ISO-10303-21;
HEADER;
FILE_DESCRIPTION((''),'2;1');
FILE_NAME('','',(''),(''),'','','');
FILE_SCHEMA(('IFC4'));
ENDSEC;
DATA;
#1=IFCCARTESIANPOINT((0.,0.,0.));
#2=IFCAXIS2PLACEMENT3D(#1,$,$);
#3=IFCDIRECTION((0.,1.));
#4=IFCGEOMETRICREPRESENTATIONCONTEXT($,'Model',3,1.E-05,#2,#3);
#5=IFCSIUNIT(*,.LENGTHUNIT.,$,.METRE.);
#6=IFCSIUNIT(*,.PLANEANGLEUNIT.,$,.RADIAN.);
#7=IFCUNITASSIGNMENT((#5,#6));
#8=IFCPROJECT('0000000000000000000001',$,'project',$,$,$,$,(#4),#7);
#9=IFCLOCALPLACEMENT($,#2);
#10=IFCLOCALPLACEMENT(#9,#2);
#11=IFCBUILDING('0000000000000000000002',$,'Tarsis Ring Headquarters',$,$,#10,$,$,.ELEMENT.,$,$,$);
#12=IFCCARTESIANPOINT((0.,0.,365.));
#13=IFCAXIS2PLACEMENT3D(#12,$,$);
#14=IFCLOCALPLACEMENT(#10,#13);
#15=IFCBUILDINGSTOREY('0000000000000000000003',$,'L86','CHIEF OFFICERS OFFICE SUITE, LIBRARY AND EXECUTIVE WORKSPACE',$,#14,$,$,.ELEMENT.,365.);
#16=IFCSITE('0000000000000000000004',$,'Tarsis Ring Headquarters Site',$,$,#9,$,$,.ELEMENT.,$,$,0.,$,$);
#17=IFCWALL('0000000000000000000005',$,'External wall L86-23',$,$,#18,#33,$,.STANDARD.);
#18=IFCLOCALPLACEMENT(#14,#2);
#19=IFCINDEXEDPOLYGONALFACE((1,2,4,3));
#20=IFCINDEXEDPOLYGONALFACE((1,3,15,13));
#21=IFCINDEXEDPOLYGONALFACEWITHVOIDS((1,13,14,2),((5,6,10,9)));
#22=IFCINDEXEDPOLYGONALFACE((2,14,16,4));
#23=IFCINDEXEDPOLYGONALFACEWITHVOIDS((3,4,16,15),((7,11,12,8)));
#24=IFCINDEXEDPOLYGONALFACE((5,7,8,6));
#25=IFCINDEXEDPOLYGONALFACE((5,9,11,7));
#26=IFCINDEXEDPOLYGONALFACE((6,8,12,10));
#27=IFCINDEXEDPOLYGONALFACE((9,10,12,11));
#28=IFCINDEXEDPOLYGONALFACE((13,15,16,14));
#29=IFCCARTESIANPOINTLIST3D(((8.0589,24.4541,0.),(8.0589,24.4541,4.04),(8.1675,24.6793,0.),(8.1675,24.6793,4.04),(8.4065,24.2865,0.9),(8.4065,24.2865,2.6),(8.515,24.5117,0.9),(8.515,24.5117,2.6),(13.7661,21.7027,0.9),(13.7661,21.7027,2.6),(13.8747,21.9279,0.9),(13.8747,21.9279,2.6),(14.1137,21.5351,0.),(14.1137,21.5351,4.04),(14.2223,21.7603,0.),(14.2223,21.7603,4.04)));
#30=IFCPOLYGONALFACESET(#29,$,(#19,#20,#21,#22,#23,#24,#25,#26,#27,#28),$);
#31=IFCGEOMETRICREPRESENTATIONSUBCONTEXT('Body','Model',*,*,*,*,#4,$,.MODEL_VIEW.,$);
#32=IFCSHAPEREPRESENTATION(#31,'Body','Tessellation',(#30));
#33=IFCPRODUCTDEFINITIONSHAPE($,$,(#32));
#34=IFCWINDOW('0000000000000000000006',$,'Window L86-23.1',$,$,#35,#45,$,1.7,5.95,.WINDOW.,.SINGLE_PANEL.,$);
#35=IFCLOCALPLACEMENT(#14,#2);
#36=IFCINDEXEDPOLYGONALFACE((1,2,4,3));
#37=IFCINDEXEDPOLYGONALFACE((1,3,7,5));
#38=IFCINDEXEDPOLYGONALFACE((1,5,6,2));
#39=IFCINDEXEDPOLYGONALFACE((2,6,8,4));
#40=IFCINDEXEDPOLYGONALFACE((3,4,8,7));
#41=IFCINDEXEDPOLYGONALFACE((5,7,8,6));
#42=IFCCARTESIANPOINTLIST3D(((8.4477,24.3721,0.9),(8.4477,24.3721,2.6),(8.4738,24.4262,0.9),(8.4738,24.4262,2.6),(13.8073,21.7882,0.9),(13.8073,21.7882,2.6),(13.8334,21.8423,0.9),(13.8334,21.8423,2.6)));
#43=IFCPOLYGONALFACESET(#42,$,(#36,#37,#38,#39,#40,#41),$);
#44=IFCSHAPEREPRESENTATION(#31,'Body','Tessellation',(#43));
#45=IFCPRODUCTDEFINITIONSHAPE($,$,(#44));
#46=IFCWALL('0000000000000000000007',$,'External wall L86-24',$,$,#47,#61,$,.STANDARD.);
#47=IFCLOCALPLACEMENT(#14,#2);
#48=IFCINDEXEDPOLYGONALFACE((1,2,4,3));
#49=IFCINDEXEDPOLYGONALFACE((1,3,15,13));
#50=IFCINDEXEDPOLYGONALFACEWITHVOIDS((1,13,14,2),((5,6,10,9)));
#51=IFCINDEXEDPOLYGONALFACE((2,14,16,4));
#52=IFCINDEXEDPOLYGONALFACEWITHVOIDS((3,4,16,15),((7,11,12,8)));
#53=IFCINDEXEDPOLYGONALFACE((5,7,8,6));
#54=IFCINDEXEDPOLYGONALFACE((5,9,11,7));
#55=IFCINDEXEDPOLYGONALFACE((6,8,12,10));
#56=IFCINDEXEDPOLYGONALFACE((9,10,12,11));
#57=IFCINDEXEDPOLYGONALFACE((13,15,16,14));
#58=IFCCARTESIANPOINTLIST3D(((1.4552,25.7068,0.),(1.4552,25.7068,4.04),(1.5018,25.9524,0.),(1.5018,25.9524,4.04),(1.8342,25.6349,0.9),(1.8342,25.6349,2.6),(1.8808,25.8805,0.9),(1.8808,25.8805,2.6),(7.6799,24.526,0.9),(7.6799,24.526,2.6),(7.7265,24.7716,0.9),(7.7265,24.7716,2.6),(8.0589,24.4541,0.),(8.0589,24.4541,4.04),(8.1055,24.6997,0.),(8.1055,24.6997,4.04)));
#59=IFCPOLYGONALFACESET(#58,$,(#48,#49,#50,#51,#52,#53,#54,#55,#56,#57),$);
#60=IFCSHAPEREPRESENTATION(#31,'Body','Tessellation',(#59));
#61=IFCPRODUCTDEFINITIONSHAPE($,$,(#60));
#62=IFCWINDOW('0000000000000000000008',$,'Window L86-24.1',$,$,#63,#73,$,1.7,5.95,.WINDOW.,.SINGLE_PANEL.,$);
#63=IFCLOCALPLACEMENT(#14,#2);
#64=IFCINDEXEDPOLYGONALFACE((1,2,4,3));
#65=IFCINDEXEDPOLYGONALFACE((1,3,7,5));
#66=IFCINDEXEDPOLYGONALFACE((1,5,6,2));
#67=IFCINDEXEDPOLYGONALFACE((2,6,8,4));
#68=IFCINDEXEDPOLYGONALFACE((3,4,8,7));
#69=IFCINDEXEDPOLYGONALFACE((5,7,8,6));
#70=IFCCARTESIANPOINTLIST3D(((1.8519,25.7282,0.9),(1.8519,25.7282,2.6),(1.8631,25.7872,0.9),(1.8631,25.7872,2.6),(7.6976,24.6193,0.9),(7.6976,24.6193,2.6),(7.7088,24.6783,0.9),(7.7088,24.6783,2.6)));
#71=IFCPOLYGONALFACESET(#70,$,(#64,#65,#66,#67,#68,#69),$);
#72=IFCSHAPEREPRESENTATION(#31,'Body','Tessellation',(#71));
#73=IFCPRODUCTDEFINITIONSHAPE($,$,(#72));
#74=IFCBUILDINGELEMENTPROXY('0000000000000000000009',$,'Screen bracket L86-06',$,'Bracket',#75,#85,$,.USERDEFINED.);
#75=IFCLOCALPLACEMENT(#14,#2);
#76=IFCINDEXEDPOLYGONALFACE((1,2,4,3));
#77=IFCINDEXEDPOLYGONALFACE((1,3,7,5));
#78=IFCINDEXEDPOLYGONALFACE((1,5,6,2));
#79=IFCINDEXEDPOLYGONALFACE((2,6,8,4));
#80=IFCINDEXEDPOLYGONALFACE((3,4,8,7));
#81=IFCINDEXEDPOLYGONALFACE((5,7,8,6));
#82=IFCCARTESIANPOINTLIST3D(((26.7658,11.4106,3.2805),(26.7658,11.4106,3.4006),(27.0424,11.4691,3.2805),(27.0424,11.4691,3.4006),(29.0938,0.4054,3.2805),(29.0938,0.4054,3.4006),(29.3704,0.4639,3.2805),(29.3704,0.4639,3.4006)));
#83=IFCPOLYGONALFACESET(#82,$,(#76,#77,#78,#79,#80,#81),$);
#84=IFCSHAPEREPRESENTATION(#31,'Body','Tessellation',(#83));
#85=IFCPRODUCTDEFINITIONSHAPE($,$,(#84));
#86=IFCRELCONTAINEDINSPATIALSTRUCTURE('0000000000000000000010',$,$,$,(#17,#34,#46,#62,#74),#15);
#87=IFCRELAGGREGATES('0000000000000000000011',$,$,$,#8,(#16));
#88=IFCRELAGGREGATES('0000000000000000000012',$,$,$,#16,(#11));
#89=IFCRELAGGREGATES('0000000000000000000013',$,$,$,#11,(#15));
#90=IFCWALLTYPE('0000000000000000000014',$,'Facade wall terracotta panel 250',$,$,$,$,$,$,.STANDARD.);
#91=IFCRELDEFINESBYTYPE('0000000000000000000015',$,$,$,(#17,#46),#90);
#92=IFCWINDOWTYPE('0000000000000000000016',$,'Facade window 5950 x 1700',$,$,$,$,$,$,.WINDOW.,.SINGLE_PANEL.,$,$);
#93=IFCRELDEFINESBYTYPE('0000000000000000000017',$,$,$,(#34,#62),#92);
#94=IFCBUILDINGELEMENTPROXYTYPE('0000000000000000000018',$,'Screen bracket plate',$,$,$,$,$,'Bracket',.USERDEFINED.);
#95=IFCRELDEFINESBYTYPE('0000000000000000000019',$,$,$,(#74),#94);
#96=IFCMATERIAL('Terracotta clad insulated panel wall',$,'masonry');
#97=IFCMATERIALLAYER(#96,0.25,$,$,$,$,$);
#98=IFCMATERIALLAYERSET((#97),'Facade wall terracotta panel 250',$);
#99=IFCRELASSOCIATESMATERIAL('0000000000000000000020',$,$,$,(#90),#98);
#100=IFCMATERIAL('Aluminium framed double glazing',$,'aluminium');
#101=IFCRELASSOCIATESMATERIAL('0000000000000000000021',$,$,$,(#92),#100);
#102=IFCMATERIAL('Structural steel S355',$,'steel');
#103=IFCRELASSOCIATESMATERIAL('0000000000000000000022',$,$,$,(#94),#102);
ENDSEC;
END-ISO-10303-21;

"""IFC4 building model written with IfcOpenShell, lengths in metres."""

from ifc_helpers import new_model, si_unit, direction, frame, frame_2d, origin, origin_2d, place, context, subcontext, project, spatial, rectangle, extrude, material, layer, layer_set, type_object, element, fill, save


model = new_model("IFC4")

# Units and contexts
model_context = context("Model", 3, precision=1e-05, world=origin(), true_north=direction((0.0, 1.0)))
body_context = subcontext(model_context, "Body", "Model", "MODEL_VIEW")
ifc_project = project(units=[si_unit("LENGTHUNIT", "METRE"), si_unit("PLANEANGLEUNIT", "RADIAN")], contexts=[model_context])

# Site, building, storey
site_placement = place(None, origin())
site = spatial("IfcSite", under=ifc_project, at=site_placement, Name="Tarsis Ring Headquarters Site", CompositionType="ELEMENT", RefElevation=0.0)
building_placement = place(site_placement, origin())
building = spatial("IfcBuilding", under=site, at=building_placement, Name="Tarsis Ring Headquarters", CompositionType="ELEMENT")
storey_placement = place(building_placement, frame((0.0, 0.0, 365.0)))
storey = spatial("IfcBuildingStorey", under=building, at=storey_placement, Name="L86", Description="CHIEF OFFICERS OFFICE SUITE, LIBRARY AND EXECUTIVE WORKSPACE", CompositionType="ELEMENT", Elevation=365.0)

# Shared definitions
ifc_material_1 = material(Name="Structural steel S355", Category="steel")

# Walls, openings, windows
ifc_material_2 = material(Name="Terracotta clad insulated panel wall", Category="masonry")
ifc_layer_1 = layer(ifc_material_2, 0.25)
ifc_layer_set_1 = layer_set([ifc_layer_1], Name="Facade wall terracotta panel 250")
wall_type_1 = type_object("IfcWallType", Name="Facade wall terracotta panel 250", PredefinedType="STANDARD", material=ifc_layer_set_1)
ifc_material_3 = material(Name="Aluminium framed double glazing", Category="aluminium")
window_type = type_object("IfcWindowType", Name="Facade window 5950 x 1700", PartitioningType="SINGLE_PANEL", PredefinedType="WINDOW", material=ifc_material_3)
wall_1_placement = place(storey_placement, frame((14.168, 21.6477, 0.0), z_axis=(0.0, 0.0, 1.0), x_axis=(-0.900785, 0.434266, 0.0)))
wall_1 = element("IfcWall", 1, at=wall_1_placement, inside=storey, type_object=wall_type_1, Name="External wall L86-23", PredefinedType="STANDARD", context=body_context, shape_type="SweptSolid", body=[
    extrude(rectangle(XDim=6.7217, YDim=0.25, at=frame_2d((3.3608, 0.0))), origin(), (0.0, 0.0, 1.0), 4.04),
])
opening_1_placement = place(wall_1_placement, frame((0.3857, 0.0, 0.8999)))
opening_1 = element("IfcOpeningElement", 2, at=opening_1_placement, cuts=wall_1, PredefinedType="OPENING", context=body_context, shape_type="SweptSolid", body=[
    extrude(rectangle(XDim=5.95, YDim=1.7, at=frame_2d((2.9751, 0.8501))), frame((0.0, 0.135, 0.0), z_axis=(0.0, -1.0, 0.0), x_axis=(1.0, 0.0, 0.0)), (0.0, 0.0, 1.0), 0.27),
])
window_1_placement = place(opening_1_placement, origin())
window_1 = element("IfcWindow", 3, at=window_1_placement, inside=storey, type_object=window_type, Name="Window L86-23.1", OverallHeight=1.7, OverallWidth=5.95, PartitioningType="SINGLE_PANEL", PredefinedType="WINDOW", context=body_context, shape_type="SweptSolid", body=[
    extrude(rectangle(XDim=5.95, YDim=1.7, at=frame_2d((2.9751, 0.8501))), frame((0.0, 0.03, 0.0), z_axis=(0.0, -1.0, 0.0), x_axis=(1.0, 0.0, 0.0)), (0.0, 0.0, 1.0), 0.0601),
])
fill(opening_1, window_1)
wall_2_placement = place(storey_placement, frame((8.0823, 24.5769, 0.0), z_axis=(0.0, 0.0, 1.0), x_axis=(-0.98248, 0.186369, 0.0)))
wall_2 = element("IfcWall", 4, at=wall_2_placement, inside=storey, type_object=wall_type_1, Name="External wall L86-24", PredefinedType="STANDARD", context=body_context, shape_type="SweptSolid", body=[
    extrude(rectangle(XDim=6.7214, YDim=0.25, at=frame_2d((3.3608, 0.0))), origin(), (0.0, 0.0, 1.0), 4.04),
])
opening_2_placement = place(wall_2_placement, frame((0.3857, 0.0, 0.8999)))
opening_2 = element("IfcOpeningElement", 5, at=opening_2_placement, cuts=wall_2, PredefinedType="OPENING", context=body_context, shape_type="SweptSolid", body=[
    extrude(rectangle(XDim=5.95, YDim=1.7, at=frame_2d((2.9751, 0.8501))), frame((0.0, 0.135, 0.0), z_axis=(0.0, -1.0, 0.0), x_axis=(1.0, 0.0, 0.0)), (0.0, 0.0, 1.0), 0.27),
])
window_2_placement = place(opening_2_placement, origin())
window_2 = element("IfcWindow", 6, at=window_2_placement, inside=storey, type_object=window_type, Name="Window L86-24.1", OverallHeight=1.7, OverallWidth=5.95, PartitioningType="SINGLE_PANEL", PredefinedType="WINDOW", context=body_context, shape_type="SweptSolid", body=[
    extrude(rectangle(XDim=5.95, YDim=1.7, at=frame_2d((2.9751, 0.8501))), frame((0.0, 0.03, 0.0), z_axis=(0.0, -1.0, 0.0), x_axis=(1.0, 0.0, 0.0)), (0.0, 0.0, 1.0), 0.0601),
])
fill(opening_2, window_2)

# Building element proxy
building_element_proxy_type = type_object("IfcBuildingElementProxyType", Name="Screen bracket plate", ElementType="Bracket", PredefinedType="USERDEFINED", material=ifc_material_1)
proxy_placement = place(storey_placement, frame((28.0681, 5.9373, 3.2805), z_axis=(0.0, 0.0, 1.0), x_axis=(-0.206952, 0.978351, 0.0)))
element("IfcBuildingElementProxy", 7, at=proxy_placement, inside=storey, type_object=building_element_proxy_type, Name="Screen bracket L86-06", ObjectType="Bracket", PredefinedType="USERDEFINED", context=body_context, shape_type="SweptSolid", body=[
    extrude(rectangle(XDim=11.2488, YDim=0.2827, at=origin_2d()), origin(), (0.0, 0.0, 1.0), 0.1201),
])

save(model, "model.ifc")
